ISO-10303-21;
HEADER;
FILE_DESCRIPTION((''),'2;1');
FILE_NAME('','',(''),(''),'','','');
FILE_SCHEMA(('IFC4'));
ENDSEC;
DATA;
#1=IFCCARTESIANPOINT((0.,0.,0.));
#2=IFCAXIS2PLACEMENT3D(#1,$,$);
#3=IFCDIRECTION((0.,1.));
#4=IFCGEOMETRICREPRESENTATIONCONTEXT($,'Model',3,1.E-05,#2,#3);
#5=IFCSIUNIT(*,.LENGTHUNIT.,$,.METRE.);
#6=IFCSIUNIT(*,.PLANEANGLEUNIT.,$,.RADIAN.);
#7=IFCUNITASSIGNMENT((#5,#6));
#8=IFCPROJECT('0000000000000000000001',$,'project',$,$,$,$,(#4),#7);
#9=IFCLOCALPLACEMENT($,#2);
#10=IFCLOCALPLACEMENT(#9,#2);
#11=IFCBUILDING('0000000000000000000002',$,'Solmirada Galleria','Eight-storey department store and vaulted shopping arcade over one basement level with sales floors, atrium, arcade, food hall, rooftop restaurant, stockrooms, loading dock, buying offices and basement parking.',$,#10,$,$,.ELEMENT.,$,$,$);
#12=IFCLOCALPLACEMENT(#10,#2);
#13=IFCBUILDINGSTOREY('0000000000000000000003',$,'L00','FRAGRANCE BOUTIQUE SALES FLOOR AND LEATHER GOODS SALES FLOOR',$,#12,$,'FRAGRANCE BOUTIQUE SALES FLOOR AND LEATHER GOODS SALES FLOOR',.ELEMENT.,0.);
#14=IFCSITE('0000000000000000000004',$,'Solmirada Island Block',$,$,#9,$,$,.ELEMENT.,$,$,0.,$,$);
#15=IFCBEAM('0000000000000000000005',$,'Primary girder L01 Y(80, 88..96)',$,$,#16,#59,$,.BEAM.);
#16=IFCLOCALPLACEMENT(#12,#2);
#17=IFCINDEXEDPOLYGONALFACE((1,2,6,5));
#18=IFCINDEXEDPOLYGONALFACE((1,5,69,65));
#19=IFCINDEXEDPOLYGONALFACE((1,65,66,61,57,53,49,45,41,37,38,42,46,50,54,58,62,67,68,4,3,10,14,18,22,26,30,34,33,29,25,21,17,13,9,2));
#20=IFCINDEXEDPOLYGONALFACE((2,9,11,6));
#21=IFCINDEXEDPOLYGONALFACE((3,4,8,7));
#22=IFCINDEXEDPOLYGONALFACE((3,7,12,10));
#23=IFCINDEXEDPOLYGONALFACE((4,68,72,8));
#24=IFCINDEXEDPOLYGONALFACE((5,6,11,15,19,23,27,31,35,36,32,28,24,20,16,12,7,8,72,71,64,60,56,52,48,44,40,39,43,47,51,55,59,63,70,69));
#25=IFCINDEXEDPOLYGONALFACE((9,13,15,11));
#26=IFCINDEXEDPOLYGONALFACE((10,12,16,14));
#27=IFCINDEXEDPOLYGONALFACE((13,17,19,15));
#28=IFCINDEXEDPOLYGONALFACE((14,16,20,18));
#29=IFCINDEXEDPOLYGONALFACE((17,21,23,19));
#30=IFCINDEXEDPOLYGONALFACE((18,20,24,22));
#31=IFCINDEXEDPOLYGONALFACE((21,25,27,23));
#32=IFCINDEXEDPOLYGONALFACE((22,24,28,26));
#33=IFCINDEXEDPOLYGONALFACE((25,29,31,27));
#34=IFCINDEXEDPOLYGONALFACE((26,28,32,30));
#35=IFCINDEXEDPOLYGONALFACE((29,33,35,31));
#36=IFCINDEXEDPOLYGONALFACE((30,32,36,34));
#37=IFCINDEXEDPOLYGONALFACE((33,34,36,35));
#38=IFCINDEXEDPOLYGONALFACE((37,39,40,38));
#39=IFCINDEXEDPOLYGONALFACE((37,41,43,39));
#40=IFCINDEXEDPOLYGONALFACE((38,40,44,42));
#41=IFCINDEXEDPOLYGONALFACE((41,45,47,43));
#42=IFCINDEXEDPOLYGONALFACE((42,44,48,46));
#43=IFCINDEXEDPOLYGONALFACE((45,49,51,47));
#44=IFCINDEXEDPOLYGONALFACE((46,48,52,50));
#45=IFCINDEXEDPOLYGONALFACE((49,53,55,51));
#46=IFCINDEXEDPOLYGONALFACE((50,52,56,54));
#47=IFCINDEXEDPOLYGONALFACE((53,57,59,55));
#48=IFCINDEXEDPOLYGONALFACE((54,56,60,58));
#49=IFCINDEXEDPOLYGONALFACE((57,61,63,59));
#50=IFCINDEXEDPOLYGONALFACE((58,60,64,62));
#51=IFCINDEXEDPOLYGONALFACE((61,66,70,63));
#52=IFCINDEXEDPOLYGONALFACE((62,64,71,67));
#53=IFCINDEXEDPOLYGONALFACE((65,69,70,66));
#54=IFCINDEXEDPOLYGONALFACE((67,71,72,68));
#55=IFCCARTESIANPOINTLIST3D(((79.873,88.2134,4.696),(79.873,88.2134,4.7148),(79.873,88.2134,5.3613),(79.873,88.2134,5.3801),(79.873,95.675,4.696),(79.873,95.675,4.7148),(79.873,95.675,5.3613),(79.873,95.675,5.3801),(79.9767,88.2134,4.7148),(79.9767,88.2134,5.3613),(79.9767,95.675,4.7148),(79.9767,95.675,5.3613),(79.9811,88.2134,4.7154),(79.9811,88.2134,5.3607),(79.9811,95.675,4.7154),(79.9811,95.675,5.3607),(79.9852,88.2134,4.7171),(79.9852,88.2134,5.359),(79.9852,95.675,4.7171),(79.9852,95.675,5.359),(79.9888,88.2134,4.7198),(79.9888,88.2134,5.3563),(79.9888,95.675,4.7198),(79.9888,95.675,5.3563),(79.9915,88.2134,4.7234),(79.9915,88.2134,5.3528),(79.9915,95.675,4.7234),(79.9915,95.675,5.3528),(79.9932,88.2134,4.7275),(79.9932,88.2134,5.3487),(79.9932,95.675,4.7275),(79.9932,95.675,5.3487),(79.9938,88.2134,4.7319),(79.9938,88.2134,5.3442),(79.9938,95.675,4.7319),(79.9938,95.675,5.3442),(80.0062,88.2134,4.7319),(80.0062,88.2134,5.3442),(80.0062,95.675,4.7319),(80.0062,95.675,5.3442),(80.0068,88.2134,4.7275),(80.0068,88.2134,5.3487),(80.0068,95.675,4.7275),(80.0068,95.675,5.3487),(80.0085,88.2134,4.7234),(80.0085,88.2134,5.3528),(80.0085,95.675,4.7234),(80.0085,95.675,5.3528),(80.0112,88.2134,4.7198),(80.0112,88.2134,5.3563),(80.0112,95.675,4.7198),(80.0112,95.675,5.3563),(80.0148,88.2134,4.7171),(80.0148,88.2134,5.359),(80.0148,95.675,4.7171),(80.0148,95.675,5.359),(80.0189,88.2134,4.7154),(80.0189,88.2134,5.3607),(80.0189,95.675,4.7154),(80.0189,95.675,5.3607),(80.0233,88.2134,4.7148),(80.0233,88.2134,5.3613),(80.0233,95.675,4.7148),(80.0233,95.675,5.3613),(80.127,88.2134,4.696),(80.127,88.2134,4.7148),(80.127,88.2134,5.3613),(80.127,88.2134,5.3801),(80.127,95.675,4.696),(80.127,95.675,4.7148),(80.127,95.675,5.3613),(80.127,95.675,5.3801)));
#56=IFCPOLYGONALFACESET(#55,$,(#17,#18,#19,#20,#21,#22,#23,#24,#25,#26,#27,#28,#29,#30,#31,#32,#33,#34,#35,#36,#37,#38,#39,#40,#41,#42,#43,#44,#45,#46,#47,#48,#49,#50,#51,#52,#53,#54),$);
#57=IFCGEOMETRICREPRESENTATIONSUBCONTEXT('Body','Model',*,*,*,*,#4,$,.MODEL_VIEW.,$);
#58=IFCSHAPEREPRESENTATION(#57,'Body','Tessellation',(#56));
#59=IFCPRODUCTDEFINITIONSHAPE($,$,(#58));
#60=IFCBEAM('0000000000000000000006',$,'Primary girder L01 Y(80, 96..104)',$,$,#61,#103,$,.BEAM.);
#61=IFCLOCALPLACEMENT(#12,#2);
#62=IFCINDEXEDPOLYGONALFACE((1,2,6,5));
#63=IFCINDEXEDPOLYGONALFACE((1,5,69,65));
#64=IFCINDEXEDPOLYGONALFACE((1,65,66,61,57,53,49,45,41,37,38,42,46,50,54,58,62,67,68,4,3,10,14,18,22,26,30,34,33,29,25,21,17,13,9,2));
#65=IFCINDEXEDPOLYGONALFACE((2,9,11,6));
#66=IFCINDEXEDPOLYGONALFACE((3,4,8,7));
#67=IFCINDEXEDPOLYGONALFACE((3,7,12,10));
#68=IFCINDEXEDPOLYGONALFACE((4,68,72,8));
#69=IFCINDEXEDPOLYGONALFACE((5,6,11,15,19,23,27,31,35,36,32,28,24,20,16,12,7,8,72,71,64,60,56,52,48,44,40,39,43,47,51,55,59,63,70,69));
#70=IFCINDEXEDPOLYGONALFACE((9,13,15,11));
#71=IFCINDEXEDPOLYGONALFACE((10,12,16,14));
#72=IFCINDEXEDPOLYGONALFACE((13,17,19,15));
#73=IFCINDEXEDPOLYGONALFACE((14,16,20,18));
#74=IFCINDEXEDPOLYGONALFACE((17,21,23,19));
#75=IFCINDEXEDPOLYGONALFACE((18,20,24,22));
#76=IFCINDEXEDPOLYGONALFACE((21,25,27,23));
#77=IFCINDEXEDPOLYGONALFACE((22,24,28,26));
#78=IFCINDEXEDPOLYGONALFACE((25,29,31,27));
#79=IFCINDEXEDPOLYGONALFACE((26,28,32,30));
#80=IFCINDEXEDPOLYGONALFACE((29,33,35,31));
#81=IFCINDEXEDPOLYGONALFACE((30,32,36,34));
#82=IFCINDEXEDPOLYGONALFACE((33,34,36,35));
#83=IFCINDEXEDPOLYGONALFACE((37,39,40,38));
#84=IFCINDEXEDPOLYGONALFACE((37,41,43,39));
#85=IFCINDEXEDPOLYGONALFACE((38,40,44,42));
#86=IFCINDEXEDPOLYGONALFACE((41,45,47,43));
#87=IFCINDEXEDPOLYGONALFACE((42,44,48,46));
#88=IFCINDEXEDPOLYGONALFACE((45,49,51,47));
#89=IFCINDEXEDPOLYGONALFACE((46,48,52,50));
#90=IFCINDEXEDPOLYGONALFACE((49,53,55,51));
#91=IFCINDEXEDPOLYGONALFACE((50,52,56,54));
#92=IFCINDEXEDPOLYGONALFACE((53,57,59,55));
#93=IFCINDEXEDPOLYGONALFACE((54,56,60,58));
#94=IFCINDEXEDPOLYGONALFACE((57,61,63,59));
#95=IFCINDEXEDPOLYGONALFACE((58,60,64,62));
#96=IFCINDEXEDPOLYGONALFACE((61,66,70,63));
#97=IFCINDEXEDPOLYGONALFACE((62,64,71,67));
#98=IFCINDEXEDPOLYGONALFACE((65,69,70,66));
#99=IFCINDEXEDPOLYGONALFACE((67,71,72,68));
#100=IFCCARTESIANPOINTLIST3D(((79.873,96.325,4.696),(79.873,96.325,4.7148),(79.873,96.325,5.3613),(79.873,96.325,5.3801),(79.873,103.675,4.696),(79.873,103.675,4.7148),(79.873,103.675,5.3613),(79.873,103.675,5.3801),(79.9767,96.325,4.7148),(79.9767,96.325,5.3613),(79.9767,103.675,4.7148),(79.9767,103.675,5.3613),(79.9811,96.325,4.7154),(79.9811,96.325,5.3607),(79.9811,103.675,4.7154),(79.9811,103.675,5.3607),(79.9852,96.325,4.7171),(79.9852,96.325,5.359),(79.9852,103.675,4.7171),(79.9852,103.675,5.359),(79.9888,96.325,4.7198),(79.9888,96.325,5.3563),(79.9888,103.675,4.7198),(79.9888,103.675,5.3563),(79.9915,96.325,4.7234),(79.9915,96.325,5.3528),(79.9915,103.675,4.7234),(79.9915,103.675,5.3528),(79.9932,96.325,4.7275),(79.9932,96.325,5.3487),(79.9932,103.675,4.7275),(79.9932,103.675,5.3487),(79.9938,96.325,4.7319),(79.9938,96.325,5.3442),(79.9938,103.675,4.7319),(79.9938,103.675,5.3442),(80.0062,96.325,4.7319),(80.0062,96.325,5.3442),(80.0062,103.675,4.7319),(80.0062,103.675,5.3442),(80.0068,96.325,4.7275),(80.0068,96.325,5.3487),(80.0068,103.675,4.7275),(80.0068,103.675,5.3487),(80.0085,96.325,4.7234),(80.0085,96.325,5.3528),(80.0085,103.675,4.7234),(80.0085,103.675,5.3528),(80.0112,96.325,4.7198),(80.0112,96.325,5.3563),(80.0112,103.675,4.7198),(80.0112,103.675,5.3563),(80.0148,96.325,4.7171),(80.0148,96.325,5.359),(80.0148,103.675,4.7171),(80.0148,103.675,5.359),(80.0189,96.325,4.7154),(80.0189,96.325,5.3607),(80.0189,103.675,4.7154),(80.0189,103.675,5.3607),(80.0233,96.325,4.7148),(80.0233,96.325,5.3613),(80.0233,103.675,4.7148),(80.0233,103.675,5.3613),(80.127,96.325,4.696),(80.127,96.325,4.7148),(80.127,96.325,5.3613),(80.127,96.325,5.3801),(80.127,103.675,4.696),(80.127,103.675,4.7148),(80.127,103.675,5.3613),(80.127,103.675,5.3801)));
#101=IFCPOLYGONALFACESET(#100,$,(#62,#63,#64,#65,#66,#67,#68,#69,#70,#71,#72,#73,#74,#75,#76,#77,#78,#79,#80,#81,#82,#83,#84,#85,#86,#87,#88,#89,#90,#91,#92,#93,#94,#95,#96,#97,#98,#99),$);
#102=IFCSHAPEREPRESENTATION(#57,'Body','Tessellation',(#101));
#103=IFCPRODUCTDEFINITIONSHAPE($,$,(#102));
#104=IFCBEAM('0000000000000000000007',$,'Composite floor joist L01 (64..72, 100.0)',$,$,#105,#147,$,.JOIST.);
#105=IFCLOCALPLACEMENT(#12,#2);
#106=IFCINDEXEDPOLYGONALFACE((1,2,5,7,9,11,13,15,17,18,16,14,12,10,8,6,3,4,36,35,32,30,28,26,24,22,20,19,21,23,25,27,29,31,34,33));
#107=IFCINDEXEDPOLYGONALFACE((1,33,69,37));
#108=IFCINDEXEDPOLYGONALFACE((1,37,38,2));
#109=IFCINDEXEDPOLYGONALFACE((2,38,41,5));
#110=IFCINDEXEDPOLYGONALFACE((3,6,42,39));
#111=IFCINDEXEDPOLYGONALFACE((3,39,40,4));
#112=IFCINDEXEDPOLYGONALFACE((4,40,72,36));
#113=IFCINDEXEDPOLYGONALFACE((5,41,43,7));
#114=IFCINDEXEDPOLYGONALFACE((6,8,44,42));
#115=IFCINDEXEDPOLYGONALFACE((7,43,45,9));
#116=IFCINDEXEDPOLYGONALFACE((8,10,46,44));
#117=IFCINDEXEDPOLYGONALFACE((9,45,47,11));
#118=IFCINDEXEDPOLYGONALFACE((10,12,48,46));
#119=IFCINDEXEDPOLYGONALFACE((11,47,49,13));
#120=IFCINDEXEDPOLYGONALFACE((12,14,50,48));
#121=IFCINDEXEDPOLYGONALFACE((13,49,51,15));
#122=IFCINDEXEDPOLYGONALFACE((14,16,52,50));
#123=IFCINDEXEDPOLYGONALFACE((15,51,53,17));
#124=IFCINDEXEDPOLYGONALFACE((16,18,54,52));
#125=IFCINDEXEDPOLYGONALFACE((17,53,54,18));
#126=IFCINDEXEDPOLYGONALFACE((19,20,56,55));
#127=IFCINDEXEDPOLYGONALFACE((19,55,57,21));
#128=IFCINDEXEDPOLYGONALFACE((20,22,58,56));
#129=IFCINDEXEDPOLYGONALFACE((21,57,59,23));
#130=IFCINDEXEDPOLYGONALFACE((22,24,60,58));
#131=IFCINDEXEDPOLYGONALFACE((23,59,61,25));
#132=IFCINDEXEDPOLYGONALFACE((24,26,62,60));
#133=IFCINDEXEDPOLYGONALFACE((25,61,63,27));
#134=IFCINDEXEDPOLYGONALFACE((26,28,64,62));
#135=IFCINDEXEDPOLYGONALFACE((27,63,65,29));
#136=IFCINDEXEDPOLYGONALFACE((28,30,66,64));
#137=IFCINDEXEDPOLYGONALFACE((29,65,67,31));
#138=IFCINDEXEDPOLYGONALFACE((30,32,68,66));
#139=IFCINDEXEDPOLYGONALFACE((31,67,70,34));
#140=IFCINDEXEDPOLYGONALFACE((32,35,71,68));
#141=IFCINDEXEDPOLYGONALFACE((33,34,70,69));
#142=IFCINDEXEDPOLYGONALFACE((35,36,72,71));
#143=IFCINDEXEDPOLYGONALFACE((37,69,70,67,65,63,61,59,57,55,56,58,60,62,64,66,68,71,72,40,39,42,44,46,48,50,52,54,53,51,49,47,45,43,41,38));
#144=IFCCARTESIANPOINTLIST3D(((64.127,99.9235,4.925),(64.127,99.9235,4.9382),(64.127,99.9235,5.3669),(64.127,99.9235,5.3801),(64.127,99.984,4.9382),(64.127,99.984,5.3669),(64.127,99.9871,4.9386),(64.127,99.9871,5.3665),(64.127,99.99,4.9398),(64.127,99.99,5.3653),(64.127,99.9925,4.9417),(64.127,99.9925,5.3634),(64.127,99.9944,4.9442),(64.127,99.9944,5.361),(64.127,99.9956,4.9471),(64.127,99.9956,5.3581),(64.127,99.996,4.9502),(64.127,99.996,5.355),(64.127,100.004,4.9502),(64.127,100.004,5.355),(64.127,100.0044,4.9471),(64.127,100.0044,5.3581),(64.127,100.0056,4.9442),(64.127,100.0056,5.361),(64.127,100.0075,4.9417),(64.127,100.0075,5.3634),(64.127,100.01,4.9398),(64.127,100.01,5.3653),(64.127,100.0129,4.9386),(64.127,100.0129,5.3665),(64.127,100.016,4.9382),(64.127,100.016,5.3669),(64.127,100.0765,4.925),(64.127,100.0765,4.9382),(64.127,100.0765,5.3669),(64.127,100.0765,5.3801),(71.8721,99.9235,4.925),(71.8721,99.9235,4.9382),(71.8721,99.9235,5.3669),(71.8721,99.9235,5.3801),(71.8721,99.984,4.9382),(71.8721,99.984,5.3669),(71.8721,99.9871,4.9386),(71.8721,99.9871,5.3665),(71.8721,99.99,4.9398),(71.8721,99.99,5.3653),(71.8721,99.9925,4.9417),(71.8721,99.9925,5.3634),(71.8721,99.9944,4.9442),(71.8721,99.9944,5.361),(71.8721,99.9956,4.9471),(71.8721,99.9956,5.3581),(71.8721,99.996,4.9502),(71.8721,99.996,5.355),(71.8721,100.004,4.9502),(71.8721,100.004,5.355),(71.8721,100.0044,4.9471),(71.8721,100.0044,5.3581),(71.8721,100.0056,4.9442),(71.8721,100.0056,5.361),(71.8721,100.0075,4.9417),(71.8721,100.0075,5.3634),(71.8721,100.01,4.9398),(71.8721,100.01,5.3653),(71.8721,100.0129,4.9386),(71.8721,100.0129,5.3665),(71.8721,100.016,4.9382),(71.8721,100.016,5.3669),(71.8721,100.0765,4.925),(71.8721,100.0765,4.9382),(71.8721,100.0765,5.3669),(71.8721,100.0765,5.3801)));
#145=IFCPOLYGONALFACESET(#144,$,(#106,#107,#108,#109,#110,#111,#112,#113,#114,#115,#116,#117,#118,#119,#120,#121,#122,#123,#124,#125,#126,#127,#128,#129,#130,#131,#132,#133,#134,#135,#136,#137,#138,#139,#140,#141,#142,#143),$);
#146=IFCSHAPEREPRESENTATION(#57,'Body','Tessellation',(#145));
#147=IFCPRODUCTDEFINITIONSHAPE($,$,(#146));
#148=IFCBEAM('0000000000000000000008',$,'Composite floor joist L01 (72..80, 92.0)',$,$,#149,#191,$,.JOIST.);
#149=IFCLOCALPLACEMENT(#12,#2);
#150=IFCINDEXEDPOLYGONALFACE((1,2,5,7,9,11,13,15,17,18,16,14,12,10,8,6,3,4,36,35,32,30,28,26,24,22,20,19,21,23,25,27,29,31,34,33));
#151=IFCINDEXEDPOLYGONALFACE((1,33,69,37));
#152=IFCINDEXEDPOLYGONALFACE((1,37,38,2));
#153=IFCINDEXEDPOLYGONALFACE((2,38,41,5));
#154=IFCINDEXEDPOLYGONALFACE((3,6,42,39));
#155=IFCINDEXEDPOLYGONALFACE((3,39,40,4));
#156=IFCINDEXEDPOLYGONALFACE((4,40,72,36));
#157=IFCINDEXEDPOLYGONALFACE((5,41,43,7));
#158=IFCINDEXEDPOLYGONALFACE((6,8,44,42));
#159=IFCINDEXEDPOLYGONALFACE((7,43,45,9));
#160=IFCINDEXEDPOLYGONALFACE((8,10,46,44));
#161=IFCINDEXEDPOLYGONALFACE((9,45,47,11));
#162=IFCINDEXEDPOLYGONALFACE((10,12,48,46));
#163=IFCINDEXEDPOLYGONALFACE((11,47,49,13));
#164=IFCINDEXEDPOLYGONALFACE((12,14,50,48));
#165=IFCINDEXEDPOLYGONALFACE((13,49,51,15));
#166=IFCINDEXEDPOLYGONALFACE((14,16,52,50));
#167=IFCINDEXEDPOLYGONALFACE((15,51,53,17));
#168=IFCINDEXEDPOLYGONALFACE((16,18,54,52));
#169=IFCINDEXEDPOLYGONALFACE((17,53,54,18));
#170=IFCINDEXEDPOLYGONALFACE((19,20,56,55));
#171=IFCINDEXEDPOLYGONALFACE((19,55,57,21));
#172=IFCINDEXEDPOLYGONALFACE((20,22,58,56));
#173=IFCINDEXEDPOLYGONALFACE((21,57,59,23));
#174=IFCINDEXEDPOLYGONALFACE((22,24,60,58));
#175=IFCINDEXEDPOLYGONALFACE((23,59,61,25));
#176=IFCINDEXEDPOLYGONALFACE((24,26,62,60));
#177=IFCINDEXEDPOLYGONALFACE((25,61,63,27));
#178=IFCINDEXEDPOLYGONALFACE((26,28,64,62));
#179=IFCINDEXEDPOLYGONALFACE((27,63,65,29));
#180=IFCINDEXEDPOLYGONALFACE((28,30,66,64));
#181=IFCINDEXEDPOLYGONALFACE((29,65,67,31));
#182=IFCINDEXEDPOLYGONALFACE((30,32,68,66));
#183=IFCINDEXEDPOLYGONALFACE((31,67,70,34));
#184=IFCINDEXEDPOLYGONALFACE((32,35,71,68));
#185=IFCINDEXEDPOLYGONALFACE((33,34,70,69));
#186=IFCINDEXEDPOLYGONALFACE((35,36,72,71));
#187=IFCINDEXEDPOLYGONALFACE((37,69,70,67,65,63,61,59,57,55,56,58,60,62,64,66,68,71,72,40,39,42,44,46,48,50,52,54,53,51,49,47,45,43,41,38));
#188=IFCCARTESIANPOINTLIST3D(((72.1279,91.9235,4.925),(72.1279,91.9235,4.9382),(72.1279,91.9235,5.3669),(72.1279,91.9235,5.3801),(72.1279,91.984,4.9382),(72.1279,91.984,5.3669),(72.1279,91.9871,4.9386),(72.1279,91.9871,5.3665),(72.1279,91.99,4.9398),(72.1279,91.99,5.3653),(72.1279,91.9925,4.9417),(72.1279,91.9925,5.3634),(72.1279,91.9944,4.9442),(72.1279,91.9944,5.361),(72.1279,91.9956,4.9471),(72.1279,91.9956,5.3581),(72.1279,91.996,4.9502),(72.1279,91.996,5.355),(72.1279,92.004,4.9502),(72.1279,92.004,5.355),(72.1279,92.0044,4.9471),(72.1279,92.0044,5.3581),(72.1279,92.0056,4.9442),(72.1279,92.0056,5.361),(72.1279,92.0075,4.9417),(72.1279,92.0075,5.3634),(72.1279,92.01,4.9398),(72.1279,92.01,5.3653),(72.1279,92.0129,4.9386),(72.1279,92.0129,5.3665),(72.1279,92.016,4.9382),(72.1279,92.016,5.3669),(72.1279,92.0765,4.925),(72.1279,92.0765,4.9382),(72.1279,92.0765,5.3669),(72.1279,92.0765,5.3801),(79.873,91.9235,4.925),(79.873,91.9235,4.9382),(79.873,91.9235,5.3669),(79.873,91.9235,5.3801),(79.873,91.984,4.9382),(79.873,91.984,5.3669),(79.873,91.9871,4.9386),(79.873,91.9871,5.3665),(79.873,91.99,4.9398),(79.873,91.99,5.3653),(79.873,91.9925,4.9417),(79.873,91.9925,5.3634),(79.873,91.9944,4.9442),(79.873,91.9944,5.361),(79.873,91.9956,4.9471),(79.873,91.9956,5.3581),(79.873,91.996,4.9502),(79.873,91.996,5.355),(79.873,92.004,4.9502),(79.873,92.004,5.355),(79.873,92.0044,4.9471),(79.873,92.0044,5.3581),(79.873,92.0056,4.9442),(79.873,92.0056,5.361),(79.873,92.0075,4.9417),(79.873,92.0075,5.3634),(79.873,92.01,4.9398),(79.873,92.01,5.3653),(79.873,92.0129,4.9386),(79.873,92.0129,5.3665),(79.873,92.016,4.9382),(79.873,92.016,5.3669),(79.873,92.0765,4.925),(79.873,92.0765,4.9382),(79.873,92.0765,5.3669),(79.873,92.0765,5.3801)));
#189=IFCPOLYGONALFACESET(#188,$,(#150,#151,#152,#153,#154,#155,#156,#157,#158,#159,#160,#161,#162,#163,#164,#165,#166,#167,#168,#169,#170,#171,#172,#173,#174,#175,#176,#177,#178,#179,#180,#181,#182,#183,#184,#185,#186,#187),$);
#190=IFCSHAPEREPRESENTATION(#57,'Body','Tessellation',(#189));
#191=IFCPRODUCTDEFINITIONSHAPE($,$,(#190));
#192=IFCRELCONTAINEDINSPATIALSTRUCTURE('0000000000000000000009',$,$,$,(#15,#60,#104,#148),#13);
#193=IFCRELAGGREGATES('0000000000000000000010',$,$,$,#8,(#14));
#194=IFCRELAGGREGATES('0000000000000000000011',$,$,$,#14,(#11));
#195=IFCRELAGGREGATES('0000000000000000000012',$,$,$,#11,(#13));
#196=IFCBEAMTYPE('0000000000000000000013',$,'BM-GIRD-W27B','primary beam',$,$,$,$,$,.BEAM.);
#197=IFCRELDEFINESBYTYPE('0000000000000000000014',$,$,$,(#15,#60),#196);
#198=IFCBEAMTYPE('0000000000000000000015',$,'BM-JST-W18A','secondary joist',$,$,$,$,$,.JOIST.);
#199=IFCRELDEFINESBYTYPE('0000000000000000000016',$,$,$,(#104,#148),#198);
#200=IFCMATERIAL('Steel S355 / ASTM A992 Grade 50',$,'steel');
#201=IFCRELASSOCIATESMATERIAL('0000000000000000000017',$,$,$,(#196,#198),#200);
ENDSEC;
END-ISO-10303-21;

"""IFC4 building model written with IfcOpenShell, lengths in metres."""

from ifc_helpers import new_model, si_unit, direction, frame, origin, origin_2d, place, context, subcontext, project, spatial, i_section, extrude, material, material_profile, profile_set, type_object, element, save


model = new_model("IFC4")

# Units and contexts
model_context = context("Model", 3, precision=1e-05, world=origin(), true_north=direction((0.0, 1.0)))
body_context = subcontext(model_context, "Body", "Model", "MODEL_VIEW")
ifc_project = project(units=[si_unit("LENGTHUNIT", "METRE"), si_unit("PLANEANGLEUNIT", "RADIAN")], contexts=[model_context])

# Site, building, storey
site_placement = place(None, origin())
site = spatial("IfcSite", under=ifc_project, at=site_placement, Name="Solmirada Island Block", CompositionType="ELEMENT", RefElevation=0.0)
building_placement = place(site_placement, origin())
building = spatial("IfcBuilding", under=site, at=building_placement, Name="Solmirada Galleria", Description="Eight-storey department store and vaulted shopping arcade over one basement level with sales floors, atrium, arcade, food hall, rooftop restaurant, stockrooms, loading dock, buying offices and basement parking.", CompositionType="ELEMENT")
storey_placement = place(building_placement, origin())
storey = spatial("IfcBuildingStorey", under=building, at=storey_placement, Name="L00", Description="FRAGRANCE BOUTIQUE SALES FLOOR AND LEATHER GOODS SALES FLOOR", LongName="FRAGRANCE BOUTIQUE SALES FLOOR AND LEATHER GOODS SALES FLOOR", CompositionType="ELEMENT", Elevation=0.0)

# Beams
ifc_material_1 = material(Name="Steel S355 / ASTM A992 Grade 50", Category="steel")
ifc_material_profile_1 = material_profile(ifc_material_1, i_section(OverallWidth=0.2539, OverallDepth=0.6841, WebThickness=0.0125, FlangeThickness=0.0188, FilletRadius=0.0171, at=origin_2d()), Name="W27X94")
ifc_profile_set_1 = profile_set([ifc_material_profile_1], Name="Steel S355 / ASTM A992 Grade 50")
beam_type_1 = type_object("IfcBeamType", Name="BM-GIRD-W27B", Description="primary beam", PredefinedType="BEAM", material=ifc_profile_set_1)
beam_1_placement = place(storey_placement, frame((80.0, 88.2134, 5.0381), z_axis=(0.0, 1.0, 0.0), x_axis=(-1.0, 0.0, 0.0)))
element("IfcBeam", 1, at=beam_1_placement, inside=storey, type_object=beam_type_1, Name="Primary girder L01 Y(80, 88..96)", PredefinedType="BEAM", context=body_context, shape_type="SweptSolid", body=[
    extrude(i_section(OverallWidth=0.2539, OverallDepth=0.6841, WebThickness=0.0125, FlangeThickness=0.0188, FilletRadius=0.0171, at=origin_2d()), origin(), (0.0, 0.0, 1.0), 7.4617),
])
beam_2_placement = place(storey_placement, frame((80.0, 96.325, 5.0381), z_axis=(0.0, 1.0, 0.0), x_axis=(-1.0, 0.0, 0.0)))
element("IfcBeam", 2, at=beam_2_placement, inside=storey, type_object=beam_type_1, Name="Primary girder L01 Y(80, 96..104)", PredefinedType="BEAM", context=body_context, shape_type="SweptSolid", body=[
    extrude(i_section(OverallWidth=0.2539, OverallDepth=0.6841, WebThickness=0.0125, FlangeThickness=0.0188, FilletRadius=0.0171, at=origin_2d()), origin(), (0.0, 0.0, 1.0), 7.3501),
])
ifc_material_profile_2 = material_profile(ifc_material_1, i_section(OverallWidth=0.1531, OverallDepth=0.4551, WebThickness=0.0081, FlangeThickness=0.0132, FilletRadius=0.012, at=origin_2d()), Name="W18X40")
ifc_profile_set_2 = profile_set([ifc_material_profile_2], Name="Steel S355 / ASTM A992 Grade 50")
beam_type_2 = type_object("IfcBeamType", Name="BM-JST-W18A", Description="secondary joist", PredefinedType="JOIST", material=ifc_profile_set_2)
for number, where, z_axis, x_axis, name in (
    (3, (64.127, 100.0, 5.1526), (1.0, 0.0, 0.0), (0.0, 1.0, 0.0), "Composite floor joist L01 (64..72, 100.0)"),
    (4, (72.1279, 92.0, 5.1526), (1.0, 0.0, 0.0), (0.0, 1.0, 0.0), "Composite floor joist L01 (72..80, 92.0)"),
):
    element("IfcBeam", number, at=place(storey_placement, frame(where, z_axis=z_axis, x_axis=x_axis)), inside=storey, type_object=beam_type_2, Name=name, PredefinedType="JOIST", context=body_context, shape_type="SweptSolid", body=[
        extrude(i_section(OverallWidth=0.1531, OverallDepth=0.4551, WebThickness=0.0081, FlangeThickness=0.0132, FilletRadius=0.012, at=origin_2d()), origin(), (0.0, 0.0, 1.0), 7.7451),
    ])

save(model, "model.ifc")
